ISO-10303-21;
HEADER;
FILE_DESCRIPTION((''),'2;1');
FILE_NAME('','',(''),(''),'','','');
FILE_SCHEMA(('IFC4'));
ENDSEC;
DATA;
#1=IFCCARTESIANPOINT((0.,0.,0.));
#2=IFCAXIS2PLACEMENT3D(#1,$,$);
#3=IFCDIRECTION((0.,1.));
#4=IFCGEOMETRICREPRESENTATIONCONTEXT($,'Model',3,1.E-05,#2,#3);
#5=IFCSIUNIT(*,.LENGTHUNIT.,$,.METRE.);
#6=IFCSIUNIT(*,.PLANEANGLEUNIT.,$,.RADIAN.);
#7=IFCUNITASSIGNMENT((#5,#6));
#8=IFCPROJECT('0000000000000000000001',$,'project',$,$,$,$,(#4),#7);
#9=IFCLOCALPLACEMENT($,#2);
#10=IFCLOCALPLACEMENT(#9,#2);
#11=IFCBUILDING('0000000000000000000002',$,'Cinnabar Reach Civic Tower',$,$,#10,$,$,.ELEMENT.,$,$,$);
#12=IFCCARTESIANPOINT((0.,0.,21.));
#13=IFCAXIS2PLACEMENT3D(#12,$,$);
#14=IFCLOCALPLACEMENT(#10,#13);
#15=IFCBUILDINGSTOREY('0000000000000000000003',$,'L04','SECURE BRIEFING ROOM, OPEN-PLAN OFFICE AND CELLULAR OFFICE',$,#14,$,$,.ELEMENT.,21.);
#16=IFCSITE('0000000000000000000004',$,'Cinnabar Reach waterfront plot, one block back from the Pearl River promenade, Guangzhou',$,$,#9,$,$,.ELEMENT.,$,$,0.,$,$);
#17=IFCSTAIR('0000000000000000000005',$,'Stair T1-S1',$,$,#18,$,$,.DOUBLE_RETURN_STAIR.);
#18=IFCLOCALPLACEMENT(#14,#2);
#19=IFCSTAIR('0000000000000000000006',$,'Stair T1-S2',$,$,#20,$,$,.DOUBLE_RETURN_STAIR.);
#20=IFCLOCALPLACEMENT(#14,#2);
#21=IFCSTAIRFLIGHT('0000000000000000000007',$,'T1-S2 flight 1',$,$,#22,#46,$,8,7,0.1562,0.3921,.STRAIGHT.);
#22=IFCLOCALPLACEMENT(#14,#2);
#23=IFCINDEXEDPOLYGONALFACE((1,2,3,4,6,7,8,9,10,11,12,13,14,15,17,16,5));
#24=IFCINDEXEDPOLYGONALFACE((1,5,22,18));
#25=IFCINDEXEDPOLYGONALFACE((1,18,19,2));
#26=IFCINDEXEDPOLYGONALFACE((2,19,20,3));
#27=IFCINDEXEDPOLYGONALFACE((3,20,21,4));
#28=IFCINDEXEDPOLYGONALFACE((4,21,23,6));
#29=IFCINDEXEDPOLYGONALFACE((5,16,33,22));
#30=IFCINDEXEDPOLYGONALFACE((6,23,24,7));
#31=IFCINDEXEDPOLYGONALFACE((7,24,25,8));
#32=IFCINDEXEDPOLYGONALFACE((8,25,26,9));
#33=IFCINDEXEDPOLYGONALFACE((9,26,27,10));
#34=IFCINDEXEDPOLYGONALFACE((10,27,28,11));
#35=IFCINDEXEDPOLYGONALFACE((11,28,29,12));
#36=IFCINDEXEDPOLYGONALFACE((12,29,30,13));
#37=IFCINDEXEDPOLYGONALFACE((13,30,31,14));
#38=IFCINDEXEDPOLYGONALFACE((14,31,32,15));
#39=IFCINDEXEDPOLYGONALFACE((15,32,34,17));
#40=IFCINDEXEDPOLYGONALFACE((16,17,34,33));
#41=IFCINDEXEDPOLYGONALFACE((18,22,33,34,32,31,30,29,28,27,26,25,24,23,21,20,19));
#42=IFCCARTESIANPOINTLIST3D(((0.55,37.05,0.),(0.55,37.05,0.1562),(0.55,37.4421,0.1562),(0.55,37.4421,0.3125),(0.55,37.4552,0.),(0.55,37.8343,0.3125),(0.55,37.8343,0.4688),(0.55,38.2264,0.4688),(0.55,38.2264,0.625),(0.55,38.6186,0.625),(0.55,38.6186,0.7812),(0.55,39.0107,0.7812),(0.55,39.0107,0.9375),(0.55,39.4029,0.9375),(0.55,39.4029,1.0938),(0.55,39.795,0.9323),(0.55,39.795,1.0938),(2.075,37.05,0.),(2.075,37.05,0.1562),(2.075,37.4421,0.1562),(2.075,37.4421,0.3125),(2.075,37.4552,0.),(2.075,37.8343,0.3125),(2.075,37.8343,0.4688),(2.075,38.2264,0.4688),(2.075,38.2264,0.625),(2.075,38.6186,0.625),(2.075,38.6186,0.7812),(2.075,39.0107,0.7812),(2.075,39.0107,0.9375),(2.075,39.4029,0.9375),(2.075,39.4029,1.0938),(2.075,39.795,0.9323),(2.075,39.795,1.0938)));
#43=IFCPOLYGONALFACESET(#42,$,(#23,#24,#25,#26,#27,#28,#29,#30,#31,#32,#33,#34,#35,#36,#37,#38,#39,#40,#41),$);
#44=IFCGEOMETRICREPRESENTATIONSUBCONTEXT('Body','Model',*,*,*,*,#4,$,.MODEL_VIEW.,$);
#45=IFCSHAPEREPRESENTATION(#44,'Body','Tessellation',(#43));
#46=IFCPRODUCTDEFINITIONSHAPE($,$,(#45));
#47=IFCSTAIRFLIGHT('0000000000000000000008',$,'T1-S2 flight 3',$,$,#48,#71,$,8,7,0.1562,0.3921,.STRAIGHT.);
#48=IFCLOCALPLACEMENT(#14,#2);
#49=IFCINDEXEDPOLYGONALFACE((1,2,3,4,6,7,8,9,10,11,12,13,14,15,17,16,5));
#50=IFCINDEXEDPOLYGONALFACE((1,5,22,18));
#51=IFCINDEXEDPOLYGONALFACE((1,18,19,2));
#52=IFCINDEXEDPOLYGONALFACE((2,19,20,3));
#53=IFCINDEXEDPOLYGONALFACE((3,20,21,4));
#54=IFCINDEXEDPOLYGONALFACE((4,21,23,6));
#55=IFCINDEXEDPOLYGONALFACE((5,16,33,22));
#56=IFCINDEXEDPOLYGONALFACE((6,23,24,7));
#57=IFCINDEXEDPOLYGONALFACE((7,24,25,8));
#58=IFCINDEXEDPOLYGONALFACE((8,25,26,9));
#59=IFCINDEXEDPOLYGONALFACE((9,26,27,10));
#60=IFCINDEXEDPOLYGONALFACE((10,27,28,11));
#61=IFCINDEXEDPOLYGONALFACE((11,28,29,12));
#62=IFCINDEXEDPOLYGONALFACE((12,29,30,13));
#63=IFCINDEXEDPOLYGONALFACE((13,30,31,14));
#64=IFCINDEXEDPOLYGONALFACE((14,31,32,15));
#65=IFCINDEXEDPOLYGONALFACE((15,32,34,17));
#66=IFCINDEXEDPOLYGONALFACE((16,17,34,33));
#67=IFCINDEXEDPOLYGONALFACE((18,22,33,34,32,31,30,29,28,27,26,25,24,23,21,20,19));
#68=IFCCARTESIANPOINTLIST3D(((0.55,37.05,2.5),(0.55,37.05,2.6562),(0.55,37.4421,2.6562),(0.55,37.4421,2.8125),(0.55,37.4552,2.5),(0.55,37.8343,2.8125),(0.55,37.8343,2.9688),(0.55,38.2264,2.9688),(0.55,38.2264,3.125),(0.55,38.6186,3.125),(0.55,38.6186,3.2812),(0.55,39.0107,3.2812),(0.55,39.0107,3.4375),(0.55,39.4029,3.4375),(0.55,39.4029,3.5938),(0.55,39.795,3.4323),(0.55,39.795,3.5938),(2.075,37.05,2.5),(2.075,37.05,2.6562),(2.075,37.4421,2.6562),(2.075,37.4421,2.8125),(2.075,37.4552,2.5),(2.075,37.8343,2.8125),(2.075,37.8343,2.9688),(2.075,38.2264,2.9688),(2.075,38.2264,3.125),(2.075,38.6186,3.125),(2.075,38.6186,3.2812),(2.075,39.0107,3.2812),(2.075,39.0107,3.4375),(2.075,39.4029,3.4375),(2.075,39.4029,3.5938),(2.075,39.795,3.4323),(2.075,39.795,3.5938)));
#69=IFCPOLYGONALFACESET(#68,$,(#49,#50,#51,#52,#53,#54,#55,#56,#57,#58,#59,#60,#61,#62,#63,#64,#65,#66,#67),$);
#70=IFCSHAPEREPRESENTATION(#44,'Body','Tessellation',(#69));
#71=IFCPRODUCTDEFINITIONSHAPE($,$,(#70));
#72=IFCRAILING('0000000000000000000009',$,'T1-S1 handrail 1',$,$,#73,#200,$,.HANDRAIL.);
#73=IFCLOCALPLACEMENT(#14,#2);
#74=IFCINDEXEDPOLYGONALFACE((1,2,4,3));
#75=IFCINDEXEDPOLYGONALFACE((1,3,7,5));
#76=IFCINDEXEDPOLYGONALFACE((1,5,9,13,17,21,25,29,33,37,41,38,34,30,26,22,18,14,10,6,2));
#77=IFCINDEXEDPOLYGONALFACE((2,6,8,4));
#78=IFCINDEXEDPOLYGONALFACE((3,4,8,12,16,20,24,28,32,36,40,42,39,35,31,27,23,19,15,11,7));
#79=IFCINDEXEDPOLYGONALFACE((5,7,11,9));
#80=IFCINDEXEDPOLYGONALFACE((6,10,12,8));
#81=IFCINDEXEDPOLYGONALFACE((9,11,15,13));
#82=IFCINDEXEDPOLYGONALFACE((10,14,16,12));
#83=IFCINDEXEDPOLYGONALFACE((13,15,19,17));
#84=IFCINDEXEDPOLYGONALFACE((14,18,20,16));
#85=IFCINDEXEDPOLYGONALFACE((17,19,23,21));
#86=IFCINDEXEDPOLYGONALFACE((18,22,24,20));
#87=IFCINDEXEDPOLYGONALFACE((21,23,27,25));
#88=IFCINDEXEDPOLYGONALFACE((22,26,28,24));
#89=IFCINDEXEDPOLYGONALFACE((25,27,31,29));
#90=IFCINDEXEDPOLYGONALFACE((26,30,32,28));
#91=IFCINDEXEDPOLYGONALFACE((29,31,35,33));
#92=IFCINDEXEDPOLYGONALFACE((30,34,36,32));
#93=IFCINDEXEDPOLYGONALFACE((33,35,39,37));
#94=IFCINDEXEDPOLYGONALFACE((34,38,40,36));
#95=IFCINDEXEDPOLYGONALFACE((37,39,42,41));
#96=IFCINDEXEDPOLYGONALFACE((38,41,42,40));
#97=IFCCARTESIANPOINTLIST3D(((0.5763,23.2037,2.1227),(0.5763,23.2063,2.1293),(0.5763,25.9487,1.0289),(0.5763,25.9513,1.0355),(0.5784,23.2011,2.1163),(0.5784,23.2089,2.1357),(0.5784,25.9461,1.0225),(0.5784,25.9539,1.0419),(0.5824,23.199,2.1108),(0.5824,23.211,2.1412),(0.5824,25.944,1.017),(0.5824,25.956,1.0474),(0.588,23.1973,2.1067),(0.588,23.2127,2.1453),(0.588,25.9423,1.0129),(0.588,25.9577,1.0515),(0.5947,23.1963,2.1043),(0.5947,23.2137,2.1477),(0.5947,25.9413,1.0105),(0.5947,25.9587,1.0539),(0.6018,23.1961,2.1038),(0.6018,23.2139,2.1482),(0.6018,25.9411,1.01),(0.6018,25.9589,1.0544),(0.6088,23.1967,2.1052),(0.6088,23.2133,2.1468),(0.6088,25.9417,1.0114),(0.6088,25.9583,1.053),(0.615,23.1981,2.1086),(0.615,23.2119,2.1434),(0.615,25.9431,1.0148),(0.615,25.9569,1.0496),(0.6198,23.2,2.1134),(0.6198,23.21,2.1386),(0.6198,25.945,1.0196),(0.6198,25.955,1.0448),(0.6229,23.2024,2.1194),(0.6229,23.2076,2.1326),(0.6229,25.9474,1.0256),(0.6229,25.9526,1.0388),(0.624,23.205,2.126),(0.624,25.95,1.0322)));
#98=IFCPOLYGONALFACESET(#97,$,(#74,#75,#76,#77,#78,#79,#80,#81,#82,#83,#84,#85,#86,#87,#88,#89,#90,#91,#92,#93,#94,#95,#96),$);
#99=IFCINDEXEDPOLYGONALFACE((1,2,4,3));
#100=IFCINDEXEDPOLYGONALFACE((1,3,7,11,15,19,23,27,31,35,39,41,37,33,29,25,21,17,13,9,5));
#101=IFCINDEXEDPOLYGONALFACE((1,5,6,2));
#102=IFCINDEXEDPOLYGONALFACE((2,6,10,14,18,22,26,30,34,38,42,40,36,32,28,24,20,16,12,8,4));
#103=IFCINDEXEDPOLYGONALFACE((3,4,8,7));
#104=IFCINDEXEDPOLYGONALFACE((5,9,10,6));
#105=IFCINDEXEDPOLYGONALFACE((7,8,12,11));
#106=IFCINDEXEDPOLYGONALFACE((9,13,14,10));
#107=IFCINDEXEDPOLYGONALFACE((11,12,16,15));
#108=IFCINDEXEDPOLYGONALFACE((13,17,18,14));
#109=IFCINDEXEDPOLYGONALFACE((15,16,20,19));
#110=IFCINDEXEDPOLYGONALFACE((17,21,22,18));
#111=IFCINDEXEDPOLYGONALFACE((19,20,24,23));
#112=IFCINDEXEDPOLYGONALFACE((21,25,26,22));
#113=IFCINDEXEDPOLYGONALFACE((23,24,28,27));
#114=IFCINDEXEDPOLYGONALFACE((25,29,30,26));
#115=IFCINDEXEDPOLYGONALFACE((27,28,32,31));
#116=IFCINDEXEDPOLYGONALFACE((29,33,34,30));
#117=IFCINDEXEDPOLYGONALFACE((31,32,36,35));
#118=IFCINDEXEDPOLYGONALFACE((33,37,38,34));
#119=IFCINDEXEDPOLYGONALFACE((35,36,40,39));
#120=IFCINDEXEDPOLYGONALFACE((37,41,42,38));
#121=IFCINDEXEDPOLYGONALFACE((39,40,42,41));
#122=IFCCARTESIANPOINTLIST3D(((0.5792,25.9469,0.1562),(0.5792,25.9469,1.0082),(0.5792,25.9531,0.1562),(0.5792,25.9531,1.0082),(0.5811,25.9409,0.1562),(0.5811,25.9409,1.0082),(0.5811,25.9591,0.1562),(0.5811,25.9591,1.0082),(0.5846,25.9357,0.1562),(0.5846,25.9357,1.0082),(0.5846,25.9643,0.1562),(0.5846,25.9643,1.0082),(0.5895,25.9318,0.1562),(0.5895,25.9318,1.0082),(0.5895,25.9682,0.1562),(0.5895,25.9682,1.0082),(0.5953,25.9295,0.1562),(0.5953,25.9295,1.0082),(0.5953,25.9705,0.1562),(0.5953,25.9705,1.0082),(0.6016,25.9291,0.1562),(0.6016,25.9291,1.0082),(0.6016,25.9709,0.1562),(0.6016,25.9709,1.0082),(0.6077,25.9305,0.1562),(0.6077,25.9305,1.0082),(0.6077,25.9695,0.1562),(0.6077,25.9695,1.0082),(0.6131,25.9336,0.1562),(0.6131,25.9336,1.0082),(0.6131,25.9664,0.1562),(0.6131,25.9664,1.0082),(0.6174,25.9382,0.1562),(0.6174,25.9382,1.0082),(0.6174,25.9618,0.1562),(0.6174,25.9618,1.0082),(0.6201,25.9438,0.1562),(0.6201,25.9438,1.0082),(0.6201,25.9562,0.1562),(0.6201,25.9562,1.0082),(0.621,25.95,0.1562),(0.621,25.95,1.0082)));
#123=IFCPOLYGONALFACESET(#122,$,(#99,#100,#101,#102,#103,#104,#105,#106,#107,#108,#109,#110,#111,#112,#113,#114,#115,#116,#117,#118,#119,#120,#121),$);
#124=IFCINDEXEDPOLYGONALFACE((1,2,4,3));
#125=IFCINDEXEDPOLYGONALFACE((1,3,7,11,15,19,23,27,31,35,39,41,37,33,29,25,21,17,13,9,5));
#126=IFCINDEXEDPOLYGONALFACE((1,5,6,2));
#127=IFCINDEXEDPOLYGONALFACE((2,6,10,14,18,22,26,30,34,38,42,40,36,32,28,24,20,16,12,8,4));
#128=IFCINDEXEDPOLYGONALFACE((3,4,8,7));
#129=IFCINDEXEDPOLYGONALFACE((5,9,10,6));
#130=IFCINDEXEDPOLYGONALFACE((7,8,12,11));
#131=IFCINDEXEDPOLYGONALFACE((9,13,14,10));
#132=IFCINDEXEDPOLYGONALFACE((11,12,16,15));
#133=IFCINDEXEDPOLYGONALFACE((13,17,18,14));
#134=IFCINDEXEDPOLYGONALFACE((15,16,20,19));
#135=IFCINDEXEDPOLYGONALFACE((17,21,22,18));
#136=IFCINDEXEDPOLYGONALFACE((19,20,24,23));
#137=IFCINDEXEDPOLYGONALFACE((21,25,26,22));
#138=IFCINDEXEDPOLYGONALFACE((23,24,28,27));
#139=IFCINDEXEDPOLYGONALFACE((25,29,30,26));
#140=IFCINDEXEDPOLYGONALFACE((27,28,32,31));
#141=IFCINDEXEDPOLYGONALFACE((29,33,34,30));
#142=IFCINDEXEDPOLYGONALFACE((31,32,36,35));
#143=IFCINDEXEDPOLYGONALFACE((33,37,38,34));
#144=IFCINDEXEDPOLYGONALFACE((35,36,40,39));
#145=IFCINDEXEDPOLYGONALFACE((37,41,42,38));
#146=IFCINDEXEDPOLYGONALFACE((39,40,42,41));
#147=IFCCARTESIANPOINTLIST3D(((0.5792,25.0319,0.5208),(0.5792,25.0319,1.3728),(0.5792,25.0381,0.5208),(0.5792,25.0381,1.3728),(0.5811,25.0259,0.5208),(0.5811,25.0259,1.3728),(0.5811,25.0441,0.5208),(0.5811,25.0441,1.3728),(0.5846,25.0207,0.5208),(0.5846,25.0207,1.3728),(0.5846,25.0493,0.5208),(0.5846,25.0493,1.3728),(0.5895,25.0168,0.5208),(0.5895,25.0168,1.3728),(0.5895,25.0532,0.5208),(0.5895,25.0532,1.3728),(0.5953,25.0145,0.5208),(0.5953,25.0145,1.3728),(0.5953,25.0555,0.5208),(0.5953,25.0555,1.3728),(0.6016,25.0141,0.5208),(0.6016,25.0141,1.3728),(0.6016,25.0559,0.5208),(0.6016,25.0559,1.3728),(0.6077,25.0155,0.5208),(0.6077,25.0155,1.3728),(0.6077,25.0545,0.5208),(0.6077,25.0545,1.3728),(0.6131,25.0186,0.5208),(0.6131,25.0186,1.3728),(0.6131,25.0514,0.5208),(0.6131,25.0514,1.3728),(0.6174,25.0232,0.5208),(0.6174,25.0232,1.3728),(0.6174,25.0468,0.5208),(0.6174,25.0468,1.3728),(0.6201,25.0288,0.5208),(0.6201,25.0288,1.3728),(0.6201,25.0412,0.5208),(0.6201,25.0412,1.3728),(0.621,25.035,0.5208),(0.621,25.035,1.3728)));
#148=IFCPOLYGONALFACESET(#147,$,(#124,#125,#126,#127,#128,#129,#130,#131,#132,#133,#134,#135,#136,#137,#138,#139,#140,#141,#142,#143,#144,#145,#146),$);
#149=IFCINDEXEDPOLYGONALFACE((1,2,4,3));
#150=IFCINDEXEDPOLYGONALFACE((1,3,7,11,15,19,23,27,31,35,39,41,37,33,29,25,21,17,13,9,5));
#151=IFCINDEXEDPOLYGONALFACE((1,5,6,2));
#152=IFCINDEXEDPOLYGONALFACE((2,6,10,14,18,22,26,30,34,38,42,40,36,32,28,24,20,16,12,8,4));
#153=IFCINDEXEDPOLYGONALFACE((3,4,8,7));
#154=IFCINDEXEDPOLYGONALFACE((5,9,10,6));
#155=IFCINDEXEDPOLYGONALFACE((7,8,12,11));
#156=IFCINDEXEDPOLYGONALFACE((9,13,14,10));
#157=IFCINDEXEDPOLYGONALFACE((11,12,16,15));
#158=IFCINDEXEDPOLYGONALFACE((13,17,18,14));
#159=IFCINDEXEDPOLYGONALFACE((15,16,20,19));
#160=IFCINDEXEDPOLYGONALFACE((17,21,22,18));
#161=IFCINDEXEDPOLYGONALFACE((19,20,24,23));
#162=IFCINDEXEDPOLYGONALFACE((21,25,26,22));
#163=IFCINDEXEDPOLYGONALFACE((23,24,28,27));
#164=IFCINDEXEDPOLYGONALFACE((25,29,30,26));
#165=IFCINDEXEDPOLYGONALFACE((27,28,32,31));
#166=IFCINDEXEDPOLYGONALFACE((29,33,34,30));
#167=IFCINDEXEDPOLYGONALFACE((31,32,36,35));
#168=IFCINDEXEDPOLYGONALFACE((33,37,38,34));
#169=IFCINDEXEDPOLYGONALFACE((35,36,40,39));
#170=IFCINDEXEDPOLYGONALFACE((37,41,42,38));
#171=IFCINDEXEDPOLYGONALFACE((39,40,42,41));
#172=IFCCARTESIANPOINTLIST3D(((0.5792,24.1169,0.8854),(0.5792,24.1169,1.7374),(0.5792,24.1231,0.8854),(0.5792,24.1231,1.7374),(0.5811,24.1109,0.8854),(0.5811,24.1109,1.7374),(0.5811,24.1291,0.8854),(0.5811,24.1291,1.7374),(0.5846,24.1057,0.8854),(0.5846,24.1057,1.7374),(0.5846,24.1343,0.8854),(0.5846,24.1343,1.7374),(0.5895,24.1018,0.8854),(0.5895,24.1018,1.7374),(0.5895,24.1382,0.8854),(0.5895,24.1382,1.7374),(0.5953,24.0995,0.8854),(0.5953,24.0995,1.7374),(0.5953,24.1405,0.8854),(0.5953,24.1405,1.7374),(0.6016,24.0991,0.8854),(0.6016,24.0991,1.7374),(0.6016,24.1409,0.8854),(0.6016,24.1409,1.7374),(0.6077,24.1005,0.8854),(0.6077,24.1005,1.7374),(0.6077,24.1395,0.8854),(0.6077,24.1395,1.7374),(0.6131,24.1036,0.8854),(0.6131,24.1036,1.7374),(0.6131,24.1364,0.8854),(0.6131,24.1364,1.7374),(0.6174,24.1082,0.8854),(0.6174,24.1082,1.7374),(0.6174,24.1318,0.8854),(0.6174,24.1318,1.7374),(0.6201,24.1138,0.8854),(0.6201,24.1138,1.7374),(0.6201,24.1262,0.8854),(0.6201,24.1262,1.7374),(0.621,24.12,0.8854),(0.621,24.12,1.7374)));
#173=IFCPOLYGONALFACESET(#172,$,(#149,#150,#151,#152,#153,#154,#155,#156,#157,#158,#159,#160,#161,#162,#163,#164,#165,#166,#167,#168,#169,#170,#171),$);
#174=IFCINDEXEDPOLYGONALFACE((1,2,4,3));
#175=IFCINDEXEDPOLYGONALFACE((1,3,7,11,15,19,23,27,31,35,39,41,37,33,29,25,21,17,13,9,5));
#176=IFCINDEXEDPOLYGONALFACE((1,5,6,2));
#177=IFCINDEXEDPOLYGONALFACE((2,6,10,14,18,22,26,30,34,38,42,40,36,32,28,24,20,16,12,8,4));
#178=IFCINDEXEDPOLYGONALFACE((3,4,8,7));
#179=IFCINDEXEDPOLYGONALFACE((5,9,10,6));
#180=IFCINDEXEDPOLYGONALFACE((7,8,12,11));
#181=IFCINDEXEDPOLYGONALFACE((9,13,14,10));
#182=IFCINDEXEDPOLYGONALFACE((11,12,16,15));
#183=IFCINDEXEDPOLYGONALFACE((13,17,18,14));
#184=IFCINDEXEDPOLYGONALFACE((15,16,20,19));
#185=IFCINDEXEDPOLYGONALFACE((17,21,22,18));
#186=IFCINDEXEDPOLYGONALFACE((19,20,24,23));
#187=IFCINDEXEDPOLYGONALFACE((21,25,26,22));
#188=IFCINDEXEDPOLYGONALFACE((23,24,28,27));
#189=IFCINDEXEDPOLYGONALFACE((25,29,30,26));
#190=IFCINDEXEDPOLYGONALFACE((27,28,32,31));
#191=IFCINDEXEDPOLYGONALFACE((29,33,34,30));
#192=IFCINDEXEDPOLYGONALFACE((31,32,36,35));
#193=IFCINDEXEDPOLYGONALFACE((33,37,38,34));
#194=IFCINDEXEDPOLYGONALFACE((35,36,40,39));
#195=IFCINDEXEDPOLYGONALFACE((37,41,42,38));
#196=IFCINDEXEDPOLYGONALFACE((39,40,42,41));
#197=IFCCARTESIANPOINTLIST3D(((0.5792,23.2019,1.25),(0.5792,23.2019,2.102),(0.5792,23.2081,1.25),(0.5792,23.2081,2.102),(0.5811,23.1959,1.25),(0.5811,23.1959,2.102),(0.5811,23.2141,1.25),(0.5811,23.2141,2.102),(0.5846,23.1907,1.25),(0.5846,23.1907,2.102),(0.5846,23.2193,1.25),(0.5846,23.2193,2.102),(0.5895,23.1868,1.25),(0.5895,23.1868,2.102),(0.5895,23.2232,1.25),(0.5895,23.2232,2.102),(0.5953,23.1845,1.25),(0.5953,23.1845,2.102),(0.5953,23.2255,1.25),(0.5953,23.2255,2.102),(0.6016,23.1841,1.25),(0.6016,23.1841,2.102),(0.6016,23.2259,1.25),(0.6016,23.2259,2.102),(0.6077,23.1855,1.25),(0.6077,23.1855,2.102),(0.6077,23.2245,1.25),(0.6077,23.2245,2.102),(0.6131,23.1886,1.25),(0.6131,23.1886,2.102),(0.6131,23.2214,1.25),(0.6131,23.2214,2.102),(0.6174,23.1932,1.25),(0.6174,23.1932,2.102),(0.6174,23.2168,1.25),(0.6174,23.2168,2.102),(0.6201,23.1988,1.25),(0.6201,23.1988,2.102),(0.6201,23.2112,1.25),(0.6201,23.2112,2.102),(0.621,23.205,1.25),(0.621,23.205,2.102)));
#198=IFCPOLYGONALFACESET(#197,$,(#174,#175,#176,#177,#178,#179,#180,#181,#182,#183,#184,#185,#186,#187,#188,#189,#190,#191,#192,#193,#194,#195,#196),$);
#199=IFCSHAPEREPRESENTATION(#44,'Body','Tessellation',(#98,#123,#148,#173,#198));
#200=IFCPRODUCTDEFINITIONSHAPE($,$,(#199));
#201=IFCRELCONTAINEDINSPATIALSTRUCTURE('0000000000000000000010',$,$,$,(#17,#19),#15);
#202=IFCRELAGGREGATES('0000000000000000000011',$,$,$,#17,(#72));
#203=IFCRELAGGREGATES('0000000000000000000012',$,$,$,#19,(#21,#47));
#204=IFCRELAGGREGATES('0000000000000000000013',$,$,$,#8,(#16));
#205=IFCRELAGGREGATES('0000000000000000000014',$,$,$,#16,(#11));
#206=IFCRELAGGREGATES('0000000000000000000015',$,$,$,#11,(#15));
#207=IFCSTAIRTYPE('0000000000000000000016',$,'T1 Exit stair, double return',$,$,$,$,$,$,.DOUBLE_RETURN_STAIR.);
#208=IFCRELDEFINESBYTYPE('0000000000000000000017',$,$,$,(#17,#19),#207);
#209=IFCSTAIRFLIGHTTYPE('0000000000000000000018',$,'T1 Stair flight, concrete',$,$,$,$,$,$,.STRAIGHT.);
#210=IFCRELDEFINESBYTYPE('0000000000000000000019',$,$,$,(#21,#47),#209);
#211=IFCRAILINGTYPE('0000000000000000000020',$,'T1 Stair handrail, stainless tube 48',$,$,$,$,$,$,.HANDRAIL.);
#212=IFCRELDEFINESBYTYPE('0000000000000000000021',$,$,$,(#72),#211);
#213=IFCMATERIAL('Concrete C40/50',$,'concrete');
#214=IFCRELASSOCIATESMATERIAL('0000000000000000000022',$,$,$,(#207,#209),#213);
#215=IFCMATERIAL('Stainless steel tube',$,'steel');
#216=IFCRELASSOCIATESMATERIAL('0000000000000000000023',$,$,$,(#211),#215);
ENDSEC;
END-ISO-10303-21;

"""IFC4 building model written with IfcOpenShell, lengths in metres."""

from ifc_helpers import new_model, si_unit, direction, frame, origin, origin_2d, place, context, subcontext, project, spatial, polyline, circle, outline, extrude, material, type_object, element, aggregate, save


model = new_model("IFC4")

# Units and contexts
model_context = context("Model", 3, precision=1e-05, world=origin(), true_north=direction((0.0, 1.0)))
body_context = subcontext(model_context, "Body", "Model", "MODEL_VIEW")
ifc_project = project(units=[si_unit("LENGTHUNIT", "METRE"), si_unit("PLANEANGLEUNIT", "RADIAN")], contexts=[model_context])

# Site, building, storey
site_placement = place(None, origin())
site = spatial("IfcSite", under=ifc_project, at=site_placement, Name="Cinnabar Reach waterfront plot, one block back from the Pearl River promenade, Guangzhou", CompositionType="ELEMENT", RefElevation=0.0)
building_placement = place(site_placement, origin())
building = spatial("IfcBuilding", under=site, at=building_placement, Name="Cinnabar Reach Civic Tower", CompositionType="ELEMENT")
storey_placement = place(building_placement, frame((0.0, 0.0, 21.0)))
storey = spatial("IfcBuildingStorey", under=building, at=storey_placement, Name="L04", Description="SECURE BRIEFING ROOM, OPEN-PLAN OFFICE AND CELLULAR OFFICE", CompositionType="ELEMENT", Elevation=21.0)

# Stairs, stair flights
ifc_material_1 = material(Name="Concrete C40/50", Category="concrete")
stair_type = type_object("IfcStairType", Name="T1 Exit stair, double return", PredefinedType="DOUBLE_RETURN_STAIR", material=ifc_material_1)
stair_1_placement = place(storey_placement, origin())
stair_1 = element("IfcStair", 1, at=stair_1_placement, inside=storey, type_object=stair_type, Name="Stair T1-S1", PredefinedType="DOUBLE_RETURN_STAIR")
stair_flight_type = type_object("IfcStairFlightType", Name="T1 Stair flight, concrete", PredefinedType="STRAIGHT", material=ifc_material_1)
stair_2_placement = place(storey_placement, origin())
stair_2 = element("IfcStair", 2, at=stair_2_placement, inside=storey, type_object=stair_type, Name="Stair T1-S2", PredefinedType="DOUBLE_RETURN_STAIR")
stair_flight_1_placement = place(storey_placement, frame((1.3125, 37.05, 0.0), z_axis=(0.0, 0.0, 1.0), x_axis=(0.0, 1.0, 0.0)))
stair_flight_1 = element("IfcStairFlight", 3, at=stair_flight_1_placement, type_object=stair_flight_type, Name="T1-S2 flight 1", NumberOfRisers=8, NumberOfTreads=7, PredefinedType="STRAIGHT", RiserHeight=0.1562, TreadLength=0.3921, context=body_context, shape_type="SweptSolid", body=[
    extrude(outline(polyline([(0.0, 0.0), (0.0, 0.1562), (0.3921, 0.1562), (0.3921, 0.3125), (0.7843, 0.3125), (0.7843, 0.4688), (1.1764, 0.4688), (1.1764, 0.625), (1.5686, 0.625), (1.5686, 0.7812), (1.9607, 0.7812), (1.9607, 0.9375), (2.3529, 0.9375), (2.3529, 1.0938), (2.745, 1.0938), (2.745, 1.25), (2.745, 0.9323), (0.4052, 0.0), (0.0, 0.0)])), frame((0.0, 0.7625, 0.0), z_axis=(0.0, -1.0, 0.0), x_axis=(1.0, 0.0, 0.0)), (0.0, 0.0, 1.0), 1.525),
])
stair_flight_2_placement = place(storey_placement, frame((1.3125, 37.05, 2.5), z_axis=(0.0, 0.0, 1.0), x_axis=(0.0, 1.0, 0.0)))
stair_flight_2 = element("IfcStairFlight", 4, at=stair_flight_2_placement, type_object=stair_flight_type, Name="T1-S2 flight 3", NumberOfRisers=8, NumberOfTreads=7, PredefinedType="STRAIGHT", RiserHeight=0.1562, TreadLength=0.3921, context=body_context, shape_type="SweptSolid", body=[
    extrude(outline(polyline([(0.0, 0.0), (0.0, 0.1562), (0.3921, 0.1562), (0.3921, 0.3125), (0.7843, 0.3125), (0.7843, 0.4688), (1.1764, 0.4688), (1.1764, 0.625), (1.5686, 0.625), (1.5686, 0.7812), (1.9607, 0.7812), (1.9607, 0.9375), (2.3529, 0.9375), (2.3529, 1.0938), (2.745, 1.0938), (2.745, 1.25), (2.745, 0.9323), (0.4052, 0.0), (0.0, 0.0)])), frame((0.0, 0.7625, 0.0), z_axis=(0.0, -1.0, 0.0), x_axis=(1.0, 0.0, 0.0)), (0.0, 0.0, 1.0), 1.525),
])

# Railing
ifc_material_2 = material(Name="Stainless steel tube", Category="steel")
railing_type_1 = type_object("IfcRailingType", Name="T1 Stair handrail, stainless tube 48", PredefinedType="HANDRAIL", material=ifc_material_2)
railing_1_placement = place(storey_placement, frame((0.6, 25.95, 0.1562)))
railing_1 = element("IfcRailing", 5, at=railing_1_placement, type_object=railing_type_1, Name="T1-S1 handrail 1", PredefinedType="HANDRAIL", context=body_context, shape_type="SweptSolid", body=[
    extrude(circle(Radius=0.024, at=origin_2d()), frame((0.0, 0.0, 0.876), z_axis=(0.0, -0.928966, 0.370165), x_axis=(1.0, 0.0, 0.0)), (0.0, 0.0, 1.0), 2.9549),
    extrude(circle(Radius=0.021, at=origin_2d()), origin(), (0.0, 0.0, 1.0), 0.852),
    extrude(circle(Radius=0.021, at=origin_2d()), frame((0.0, -0.915, 0.3646)), (0.0, 0.0, 1.0), 0.852),
    extrude(circle(Radius=0.021, at=origin_2d()), frame((0.0, -1.83, 0.7292)), (0.0, 0.0, 1.0), 0.852),
    extrude(circle(Radius=0.021, at=origin_2d()), frame((0.0, -2.745, 1.0938)), (0.0, 0.0, 1.0), 0.852),
])
aggregate(stair_1, [railing_1])
aggregate(stair_2, [stair_flight_1, stair_flight_2])

save(model, "model.ifc")
